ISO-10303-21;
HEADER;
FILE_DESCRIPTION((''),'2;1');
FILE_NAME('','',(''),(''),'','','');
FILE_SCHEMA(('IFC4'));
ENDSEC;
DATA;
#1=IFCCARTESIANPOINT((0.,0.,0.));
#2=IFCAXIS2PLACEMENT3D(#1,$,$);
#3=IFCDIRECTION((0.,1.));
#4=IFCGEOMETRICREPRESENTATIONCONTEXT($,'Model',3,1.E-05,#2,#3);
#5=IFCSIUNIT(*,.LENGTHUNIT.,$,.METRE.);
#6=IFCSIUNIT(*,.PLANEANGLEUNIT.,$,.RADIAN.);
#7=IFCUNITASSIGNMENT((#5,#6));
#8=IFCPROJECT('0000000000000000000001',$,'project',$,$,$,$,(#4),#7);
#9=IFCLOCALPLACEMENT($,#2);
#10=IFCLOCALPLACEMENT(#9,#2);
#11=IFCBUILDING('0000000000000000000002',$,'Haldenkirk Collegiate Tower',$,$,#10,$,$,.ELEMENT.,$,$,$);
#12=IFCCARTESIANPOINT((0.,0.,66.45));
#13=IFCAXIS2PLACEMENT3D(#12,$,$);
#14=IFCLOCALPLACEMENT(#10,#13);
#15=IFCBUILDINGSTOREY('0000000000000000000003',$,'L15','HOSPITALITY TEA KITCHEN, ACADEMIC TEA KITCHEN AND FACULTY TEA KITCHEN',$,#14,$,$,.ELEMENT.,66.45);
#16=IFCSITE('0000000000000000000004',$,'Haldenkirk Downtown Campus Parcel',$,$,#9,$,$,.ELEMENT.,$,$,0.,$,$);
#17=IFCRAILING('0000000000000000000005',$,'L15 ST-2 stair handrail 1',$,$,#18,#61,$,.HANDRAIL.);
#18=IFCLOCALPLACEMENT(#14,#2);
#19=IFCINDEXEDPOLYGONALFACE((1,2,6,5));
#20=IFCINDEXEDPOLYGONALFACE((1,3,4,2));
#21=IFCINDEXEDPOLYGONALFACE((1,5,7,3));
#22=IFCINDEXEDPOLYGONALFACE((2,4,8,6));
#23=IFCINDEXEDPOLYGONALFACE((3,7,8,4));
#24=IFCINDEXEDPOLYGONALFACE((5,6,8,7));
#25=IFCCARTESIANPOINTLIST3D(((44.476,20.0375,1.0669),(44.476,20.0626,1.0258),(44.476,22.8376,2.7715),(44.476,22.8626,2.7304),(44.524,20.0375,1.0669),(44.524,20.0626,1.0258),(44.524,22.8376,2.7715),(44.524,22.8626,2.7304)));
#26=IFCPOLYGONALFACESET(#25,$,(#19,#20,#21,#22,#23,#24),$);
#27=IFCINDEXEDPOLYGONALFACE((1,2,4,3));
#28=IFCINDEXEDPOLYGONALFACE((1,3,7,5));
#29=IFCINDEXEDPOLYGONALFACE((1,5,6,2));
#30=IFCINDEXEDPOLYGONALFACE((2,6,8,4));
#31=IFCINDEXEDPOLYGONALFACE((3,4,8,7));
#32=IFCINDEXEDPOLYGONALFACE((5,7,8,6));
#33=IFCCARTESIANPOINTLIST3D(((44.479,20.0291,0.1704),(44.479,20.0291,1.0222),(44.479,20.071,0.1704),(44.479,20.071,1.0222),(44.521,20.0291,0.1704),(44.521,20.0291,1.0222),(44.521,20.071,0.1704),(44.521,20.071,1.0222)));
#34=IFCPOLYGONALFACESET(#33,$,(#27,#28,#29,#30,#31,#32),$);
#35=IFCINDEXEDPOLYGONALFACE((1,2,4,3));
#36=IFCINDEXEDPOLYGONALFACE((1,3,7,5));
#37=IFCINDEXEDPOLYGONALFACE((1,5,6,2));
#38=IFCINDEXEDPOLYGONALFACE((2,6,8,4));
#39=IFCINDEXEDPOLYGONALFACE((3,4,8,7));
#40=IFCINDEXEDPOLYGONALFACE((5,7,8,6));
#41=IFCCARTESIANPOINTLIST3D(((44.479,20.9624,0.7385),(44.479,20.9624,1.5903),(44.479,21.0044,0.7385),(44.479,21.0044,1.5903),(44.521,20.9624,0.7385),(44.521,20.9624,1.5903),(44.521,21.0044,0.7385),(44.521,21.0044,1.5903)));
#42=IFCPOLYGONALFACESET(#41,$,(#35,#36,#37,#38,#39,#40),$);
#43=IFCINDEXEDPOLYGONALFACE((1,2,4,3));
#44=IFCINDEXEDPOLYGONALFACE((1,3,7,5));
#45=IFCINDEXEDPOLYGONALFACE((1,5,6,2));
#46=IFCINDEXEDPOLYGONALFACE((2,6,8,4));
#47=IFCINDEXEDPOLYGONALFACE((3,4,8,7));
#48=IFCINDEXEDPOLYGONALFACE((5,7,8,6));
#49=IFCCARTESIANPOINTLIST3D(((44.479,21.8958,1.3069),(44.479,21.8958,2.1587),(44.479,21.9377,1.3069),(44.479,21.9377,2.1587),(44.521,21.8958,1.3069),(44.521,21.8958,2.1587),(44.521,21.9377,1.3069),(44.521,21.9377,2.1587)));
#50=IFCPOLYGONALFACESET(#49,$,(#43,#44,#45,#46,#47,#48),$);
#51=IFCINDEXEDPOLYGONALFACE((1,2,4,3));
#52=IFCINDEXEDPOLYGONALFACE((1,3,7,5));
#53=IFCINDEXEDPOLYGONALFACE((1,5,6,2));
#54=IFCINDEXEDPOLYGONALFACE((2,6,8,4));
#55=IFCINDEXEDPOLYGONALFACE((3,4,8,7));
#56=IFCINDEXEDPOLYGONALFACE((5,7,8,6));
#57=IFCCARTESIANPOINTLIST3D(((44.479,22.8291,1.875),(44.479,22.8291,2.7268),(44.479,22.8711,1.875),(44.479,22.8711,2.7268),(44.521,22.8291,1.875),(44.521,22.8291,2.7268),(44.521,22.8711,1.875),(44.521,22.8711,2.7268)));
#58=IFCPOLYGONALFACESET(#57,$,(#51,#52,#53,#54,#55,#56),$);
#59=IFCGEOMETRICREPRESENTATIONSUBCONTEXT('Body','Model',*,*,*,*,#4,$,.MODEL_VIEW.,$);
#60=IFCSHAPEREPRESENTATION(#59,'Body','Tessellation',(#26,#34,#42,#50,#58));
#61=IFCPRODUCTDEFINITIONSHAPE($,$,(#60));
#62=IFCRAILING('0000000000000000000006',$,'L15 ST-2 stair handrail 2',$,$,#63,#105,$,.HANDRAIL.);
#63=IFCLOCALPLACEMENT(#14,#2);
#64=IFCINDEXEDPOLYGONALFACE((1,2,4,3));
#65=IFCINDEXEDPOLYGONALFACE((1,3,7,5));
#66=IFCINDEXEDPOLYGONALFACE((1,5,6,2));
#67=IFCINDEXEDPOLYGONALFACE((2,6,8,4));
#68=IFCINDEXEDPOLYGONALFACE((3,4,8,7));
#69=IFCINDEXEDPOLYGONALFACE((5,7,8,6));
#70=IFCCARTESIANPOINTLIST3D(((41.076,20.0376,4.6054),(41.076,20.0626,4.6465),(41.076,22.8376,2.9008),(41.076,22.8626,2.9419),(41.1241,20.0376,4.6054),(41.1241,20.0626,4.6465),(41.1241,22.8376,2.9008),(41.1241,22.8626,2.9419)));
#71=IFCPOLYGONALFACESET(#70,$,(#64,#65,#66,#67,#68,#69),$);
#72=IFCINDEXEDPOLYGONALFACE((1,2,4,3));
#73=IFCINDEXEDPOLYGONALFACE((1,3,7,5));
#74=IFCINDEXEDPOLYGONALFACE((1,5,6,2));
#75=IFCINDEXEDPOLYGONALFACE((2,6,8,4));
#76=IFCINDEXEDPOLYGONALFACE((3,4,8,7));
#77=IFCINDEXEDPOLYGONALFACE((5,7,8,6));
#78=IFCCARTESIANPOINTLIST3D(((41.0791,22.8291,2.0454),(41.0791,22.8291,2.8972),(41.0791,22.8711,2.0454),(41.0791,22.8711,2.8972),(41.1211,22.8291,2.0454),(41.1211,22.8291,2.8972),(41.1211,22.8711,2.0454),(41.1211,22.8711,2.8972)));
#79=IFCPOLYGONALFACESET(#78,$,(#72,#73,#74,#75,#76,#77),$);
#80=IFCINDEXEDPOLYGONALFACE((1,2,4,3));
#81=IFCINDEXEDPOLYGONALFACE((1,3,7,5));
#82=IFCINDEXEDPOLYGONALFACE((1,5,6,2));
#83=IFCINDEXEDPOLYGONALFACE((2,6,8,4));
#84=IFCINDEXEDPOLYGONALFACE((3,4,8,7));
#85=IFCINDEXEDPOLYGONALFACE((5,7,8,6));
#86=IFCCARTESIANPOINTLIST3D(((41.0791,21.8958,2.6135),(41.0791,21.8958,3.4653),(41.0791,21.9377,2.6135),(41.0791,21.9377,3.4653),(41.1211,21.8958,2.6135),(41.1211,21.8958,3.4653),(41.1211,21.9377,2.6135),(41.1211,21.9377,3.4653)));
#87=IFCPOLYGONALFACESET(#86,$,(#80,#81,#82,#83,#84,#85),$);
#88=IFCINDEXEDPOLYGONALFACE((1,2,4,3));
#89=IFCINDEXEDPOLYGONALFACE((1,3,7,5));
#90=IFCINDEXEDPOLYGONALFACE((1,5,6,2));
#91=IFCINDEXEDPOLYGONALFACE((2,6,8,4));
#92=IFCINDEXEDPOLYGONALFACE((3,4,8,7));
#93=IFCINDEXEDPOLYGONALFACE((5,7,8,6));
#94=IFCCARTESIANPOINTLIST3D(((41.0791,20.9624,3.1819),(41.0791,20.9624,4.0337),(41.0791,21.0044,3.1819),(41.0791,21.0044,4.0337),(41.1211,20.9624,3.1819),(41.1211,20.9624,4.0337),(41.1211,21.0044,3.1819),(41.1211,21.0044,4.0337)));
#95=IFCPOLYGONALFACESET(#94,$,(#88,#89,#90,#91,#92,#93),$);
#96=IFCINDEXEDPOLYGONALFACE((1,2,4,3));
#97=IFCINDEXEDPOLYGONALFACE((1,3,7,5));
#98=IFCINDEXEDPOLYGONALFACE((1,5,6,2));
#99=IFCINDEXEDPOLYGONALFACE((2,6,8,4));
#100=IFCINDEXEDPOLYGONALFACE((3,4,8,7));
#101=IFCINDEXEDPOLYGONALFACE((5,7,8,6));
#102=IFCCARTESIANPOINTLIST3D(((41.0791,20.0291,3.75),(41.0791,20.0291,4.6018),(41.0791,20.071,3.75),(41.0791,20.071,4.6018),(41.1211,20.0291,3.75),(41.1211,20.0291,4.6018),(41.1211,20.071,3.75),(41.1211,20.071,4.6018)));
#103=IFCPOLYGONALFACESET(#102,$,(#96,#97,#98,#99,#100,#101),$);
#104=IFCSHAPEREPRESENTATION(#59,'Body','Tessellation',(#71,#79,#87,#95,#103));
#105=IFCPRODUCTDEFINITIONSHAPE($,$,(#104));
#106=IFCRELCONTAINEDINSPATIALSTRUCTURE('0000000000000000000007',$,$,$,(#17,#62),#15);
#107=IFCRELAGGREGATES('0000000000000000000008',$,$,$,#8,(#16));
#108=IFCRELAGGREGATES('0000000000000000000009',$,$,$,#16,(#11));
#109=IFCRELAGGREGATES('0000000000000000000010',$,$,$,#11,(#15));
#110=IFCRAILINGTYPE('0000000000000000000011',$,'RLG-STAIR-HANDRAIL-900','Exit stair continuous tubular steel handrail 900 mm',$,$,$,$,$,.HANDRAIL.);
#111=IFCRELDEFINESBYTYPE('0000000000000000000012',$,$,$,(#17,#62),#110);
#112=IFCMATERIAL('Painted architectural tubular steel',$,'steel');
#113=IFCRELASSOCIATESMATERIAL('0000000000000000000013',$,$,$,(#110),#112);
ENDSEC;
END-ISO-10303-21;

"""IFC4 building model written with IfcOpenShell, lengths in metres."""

from ifc_helpers import new_model, si_unit, direction, frame, origin, origin_2d, place, context, subcontext, project, spatial, rectangle, extrude, material, type_object, element, save


model = new_model("IFC4")

# Units and contexts
model_context = context("Model", 3, precision=1e-05, world=origin(), true_north=direction((0.0, 1.0)))
body_context = subcontext(model_context, "Body", "Model", "MODEL_VIEW")
ifc_project = project(units=[si_unit("LENGTHUNIT", "METRE"), si_unit("PLANEANGLEUNIT", "RADIAN")], contexts=[model_context])

# Site, building, storey
site_placement = place(None, origin())
site = spatial("IfcSite", under=ifc_project, at=site_placement, Name="Haldenkirk Downtown Campus Parcel", CompositionType="ELEMENT", RefElevation=0.0)
building_placement = place(site_placement, origin())
building = spatial("IfcBuilding", under=site, at=building_placement, Name="Haldenkirk Collegiate Tower", CompositionType="ELEMENT")
storey_placement = place(building_placement, frame((0.0, 0.0, 66.45)))
storey = spatial("IfcBuildingStorey", under=building, at=storey_placement, Name="L15", Description="HOSPITALITY TEA KITCHEN, ACADEMIC TEA KITCHEN AND FACULTY TEA KITCHEN", CompositionType="ELEMENT", Elevation=66.45)

# Railings
ifc_material_1 = material(Name="Painted architectural tubular steel", Category="steel")
railing_type_1 = type_object("IfcRailingType", Name="RLG-STAIR-HANDRAIL-900", Description="Exit stair continuous tubular steel handrail 900 mm", PredefinedType="HANDRAIL", material=ifc_material_1)
railing_1_placement = place(storey_placement, frame((44.5, 20.05, 0.1704)))
element("IfcRailing", 1, at=railing_1_placement, inside=storey, type_object=railing_type_1, Name="L15 ST-2 stair handrail 1", PredefinedType="HANDRAIL", context=body_context, shape_type="SweptSolid", body=[
    extrude(rectangle(XDim=0.0481, YDim=0.0481, at=origin_2d()), frame((0.0, 0.0, 0.876), z_axis=(0.0, 0.85417, 0.519994), x_axis=(-1.0, 0.0, 0.0)), (0.0, 0.0, 1.0), 3.2781),
    extrude(rectangle(XDim=0.042, YDim=0.042, at=origin_2d()), origin(), (0.0, 0.0, 1.0), 0.8518),
    extrude(rectangle(XDim=0.042, YDim=0.042, at=origin_2d()), frame((0.0, 0.9333, 0.5681)), (0.0, 0.0, 1.0), 0.8518),
    extrude(rectangle(XDim=0.042, YDim=0.042, at=origin_2d()), frame((0.0, 1.8667, 1.1365)), (0.0, 0.0, 1.0), 0.8518),
    extrude(rectangle(XDim=0.042, YDim=0.042, at=origin_2d()), frame((0.0, 2.8, 1.7046)), (0.0, 0.0, 1.0), 0.8518),
])
railing_2_placement = place(storey_placement, frame((41.1001, 22.8501, 2.0454)))
element("IfcRailing", 2, at=railing_2_placement, inside=storey, type_object=railing_type_1, Name="L15 ST-2 stair handrail 2", PredefinedType="HANDRAIL", context=body_context, shape_type="SweptSolid", body=[
    extrude(rectangle(XDim=0.0481, YDim=0.0481, at=origin_2d()), frame((0.0, 0.0, 0.876), z_axis=(0.0, -0.85417, 0.519994), x_axis=(1.0, 0.0, 0.0)), (0.0, 0.0, 1.0), 3.2781),
    extrude(rectangle(XDim=0.042, YDim=0.042, at=origin_2d()), origin(), (0.0, 0.0, 1.0), 0.8518),
    extrude(rectangle(XDim=0.042, YDim=0.042, at=origin_2d()), frame((0.0, -0.9333, 0.5681)), (0.0, 0.0, 1.0), 0.8518),
    extrude(rectangle(XDim=0.042, YDim=0.042, at=origin_2d()), frame((0.0, -1.8667, 1.1365)), (0.0, 0.0, 1.0), 0.8518),
    extrude(rectangle(XDim=0.042, YDim=0.042, at=origin_2d()), frame((0.0, -2.8, 1.7046)), (0.0, 0.0, 1.0), 0.8518),
])

save(model, "model.ifc")
